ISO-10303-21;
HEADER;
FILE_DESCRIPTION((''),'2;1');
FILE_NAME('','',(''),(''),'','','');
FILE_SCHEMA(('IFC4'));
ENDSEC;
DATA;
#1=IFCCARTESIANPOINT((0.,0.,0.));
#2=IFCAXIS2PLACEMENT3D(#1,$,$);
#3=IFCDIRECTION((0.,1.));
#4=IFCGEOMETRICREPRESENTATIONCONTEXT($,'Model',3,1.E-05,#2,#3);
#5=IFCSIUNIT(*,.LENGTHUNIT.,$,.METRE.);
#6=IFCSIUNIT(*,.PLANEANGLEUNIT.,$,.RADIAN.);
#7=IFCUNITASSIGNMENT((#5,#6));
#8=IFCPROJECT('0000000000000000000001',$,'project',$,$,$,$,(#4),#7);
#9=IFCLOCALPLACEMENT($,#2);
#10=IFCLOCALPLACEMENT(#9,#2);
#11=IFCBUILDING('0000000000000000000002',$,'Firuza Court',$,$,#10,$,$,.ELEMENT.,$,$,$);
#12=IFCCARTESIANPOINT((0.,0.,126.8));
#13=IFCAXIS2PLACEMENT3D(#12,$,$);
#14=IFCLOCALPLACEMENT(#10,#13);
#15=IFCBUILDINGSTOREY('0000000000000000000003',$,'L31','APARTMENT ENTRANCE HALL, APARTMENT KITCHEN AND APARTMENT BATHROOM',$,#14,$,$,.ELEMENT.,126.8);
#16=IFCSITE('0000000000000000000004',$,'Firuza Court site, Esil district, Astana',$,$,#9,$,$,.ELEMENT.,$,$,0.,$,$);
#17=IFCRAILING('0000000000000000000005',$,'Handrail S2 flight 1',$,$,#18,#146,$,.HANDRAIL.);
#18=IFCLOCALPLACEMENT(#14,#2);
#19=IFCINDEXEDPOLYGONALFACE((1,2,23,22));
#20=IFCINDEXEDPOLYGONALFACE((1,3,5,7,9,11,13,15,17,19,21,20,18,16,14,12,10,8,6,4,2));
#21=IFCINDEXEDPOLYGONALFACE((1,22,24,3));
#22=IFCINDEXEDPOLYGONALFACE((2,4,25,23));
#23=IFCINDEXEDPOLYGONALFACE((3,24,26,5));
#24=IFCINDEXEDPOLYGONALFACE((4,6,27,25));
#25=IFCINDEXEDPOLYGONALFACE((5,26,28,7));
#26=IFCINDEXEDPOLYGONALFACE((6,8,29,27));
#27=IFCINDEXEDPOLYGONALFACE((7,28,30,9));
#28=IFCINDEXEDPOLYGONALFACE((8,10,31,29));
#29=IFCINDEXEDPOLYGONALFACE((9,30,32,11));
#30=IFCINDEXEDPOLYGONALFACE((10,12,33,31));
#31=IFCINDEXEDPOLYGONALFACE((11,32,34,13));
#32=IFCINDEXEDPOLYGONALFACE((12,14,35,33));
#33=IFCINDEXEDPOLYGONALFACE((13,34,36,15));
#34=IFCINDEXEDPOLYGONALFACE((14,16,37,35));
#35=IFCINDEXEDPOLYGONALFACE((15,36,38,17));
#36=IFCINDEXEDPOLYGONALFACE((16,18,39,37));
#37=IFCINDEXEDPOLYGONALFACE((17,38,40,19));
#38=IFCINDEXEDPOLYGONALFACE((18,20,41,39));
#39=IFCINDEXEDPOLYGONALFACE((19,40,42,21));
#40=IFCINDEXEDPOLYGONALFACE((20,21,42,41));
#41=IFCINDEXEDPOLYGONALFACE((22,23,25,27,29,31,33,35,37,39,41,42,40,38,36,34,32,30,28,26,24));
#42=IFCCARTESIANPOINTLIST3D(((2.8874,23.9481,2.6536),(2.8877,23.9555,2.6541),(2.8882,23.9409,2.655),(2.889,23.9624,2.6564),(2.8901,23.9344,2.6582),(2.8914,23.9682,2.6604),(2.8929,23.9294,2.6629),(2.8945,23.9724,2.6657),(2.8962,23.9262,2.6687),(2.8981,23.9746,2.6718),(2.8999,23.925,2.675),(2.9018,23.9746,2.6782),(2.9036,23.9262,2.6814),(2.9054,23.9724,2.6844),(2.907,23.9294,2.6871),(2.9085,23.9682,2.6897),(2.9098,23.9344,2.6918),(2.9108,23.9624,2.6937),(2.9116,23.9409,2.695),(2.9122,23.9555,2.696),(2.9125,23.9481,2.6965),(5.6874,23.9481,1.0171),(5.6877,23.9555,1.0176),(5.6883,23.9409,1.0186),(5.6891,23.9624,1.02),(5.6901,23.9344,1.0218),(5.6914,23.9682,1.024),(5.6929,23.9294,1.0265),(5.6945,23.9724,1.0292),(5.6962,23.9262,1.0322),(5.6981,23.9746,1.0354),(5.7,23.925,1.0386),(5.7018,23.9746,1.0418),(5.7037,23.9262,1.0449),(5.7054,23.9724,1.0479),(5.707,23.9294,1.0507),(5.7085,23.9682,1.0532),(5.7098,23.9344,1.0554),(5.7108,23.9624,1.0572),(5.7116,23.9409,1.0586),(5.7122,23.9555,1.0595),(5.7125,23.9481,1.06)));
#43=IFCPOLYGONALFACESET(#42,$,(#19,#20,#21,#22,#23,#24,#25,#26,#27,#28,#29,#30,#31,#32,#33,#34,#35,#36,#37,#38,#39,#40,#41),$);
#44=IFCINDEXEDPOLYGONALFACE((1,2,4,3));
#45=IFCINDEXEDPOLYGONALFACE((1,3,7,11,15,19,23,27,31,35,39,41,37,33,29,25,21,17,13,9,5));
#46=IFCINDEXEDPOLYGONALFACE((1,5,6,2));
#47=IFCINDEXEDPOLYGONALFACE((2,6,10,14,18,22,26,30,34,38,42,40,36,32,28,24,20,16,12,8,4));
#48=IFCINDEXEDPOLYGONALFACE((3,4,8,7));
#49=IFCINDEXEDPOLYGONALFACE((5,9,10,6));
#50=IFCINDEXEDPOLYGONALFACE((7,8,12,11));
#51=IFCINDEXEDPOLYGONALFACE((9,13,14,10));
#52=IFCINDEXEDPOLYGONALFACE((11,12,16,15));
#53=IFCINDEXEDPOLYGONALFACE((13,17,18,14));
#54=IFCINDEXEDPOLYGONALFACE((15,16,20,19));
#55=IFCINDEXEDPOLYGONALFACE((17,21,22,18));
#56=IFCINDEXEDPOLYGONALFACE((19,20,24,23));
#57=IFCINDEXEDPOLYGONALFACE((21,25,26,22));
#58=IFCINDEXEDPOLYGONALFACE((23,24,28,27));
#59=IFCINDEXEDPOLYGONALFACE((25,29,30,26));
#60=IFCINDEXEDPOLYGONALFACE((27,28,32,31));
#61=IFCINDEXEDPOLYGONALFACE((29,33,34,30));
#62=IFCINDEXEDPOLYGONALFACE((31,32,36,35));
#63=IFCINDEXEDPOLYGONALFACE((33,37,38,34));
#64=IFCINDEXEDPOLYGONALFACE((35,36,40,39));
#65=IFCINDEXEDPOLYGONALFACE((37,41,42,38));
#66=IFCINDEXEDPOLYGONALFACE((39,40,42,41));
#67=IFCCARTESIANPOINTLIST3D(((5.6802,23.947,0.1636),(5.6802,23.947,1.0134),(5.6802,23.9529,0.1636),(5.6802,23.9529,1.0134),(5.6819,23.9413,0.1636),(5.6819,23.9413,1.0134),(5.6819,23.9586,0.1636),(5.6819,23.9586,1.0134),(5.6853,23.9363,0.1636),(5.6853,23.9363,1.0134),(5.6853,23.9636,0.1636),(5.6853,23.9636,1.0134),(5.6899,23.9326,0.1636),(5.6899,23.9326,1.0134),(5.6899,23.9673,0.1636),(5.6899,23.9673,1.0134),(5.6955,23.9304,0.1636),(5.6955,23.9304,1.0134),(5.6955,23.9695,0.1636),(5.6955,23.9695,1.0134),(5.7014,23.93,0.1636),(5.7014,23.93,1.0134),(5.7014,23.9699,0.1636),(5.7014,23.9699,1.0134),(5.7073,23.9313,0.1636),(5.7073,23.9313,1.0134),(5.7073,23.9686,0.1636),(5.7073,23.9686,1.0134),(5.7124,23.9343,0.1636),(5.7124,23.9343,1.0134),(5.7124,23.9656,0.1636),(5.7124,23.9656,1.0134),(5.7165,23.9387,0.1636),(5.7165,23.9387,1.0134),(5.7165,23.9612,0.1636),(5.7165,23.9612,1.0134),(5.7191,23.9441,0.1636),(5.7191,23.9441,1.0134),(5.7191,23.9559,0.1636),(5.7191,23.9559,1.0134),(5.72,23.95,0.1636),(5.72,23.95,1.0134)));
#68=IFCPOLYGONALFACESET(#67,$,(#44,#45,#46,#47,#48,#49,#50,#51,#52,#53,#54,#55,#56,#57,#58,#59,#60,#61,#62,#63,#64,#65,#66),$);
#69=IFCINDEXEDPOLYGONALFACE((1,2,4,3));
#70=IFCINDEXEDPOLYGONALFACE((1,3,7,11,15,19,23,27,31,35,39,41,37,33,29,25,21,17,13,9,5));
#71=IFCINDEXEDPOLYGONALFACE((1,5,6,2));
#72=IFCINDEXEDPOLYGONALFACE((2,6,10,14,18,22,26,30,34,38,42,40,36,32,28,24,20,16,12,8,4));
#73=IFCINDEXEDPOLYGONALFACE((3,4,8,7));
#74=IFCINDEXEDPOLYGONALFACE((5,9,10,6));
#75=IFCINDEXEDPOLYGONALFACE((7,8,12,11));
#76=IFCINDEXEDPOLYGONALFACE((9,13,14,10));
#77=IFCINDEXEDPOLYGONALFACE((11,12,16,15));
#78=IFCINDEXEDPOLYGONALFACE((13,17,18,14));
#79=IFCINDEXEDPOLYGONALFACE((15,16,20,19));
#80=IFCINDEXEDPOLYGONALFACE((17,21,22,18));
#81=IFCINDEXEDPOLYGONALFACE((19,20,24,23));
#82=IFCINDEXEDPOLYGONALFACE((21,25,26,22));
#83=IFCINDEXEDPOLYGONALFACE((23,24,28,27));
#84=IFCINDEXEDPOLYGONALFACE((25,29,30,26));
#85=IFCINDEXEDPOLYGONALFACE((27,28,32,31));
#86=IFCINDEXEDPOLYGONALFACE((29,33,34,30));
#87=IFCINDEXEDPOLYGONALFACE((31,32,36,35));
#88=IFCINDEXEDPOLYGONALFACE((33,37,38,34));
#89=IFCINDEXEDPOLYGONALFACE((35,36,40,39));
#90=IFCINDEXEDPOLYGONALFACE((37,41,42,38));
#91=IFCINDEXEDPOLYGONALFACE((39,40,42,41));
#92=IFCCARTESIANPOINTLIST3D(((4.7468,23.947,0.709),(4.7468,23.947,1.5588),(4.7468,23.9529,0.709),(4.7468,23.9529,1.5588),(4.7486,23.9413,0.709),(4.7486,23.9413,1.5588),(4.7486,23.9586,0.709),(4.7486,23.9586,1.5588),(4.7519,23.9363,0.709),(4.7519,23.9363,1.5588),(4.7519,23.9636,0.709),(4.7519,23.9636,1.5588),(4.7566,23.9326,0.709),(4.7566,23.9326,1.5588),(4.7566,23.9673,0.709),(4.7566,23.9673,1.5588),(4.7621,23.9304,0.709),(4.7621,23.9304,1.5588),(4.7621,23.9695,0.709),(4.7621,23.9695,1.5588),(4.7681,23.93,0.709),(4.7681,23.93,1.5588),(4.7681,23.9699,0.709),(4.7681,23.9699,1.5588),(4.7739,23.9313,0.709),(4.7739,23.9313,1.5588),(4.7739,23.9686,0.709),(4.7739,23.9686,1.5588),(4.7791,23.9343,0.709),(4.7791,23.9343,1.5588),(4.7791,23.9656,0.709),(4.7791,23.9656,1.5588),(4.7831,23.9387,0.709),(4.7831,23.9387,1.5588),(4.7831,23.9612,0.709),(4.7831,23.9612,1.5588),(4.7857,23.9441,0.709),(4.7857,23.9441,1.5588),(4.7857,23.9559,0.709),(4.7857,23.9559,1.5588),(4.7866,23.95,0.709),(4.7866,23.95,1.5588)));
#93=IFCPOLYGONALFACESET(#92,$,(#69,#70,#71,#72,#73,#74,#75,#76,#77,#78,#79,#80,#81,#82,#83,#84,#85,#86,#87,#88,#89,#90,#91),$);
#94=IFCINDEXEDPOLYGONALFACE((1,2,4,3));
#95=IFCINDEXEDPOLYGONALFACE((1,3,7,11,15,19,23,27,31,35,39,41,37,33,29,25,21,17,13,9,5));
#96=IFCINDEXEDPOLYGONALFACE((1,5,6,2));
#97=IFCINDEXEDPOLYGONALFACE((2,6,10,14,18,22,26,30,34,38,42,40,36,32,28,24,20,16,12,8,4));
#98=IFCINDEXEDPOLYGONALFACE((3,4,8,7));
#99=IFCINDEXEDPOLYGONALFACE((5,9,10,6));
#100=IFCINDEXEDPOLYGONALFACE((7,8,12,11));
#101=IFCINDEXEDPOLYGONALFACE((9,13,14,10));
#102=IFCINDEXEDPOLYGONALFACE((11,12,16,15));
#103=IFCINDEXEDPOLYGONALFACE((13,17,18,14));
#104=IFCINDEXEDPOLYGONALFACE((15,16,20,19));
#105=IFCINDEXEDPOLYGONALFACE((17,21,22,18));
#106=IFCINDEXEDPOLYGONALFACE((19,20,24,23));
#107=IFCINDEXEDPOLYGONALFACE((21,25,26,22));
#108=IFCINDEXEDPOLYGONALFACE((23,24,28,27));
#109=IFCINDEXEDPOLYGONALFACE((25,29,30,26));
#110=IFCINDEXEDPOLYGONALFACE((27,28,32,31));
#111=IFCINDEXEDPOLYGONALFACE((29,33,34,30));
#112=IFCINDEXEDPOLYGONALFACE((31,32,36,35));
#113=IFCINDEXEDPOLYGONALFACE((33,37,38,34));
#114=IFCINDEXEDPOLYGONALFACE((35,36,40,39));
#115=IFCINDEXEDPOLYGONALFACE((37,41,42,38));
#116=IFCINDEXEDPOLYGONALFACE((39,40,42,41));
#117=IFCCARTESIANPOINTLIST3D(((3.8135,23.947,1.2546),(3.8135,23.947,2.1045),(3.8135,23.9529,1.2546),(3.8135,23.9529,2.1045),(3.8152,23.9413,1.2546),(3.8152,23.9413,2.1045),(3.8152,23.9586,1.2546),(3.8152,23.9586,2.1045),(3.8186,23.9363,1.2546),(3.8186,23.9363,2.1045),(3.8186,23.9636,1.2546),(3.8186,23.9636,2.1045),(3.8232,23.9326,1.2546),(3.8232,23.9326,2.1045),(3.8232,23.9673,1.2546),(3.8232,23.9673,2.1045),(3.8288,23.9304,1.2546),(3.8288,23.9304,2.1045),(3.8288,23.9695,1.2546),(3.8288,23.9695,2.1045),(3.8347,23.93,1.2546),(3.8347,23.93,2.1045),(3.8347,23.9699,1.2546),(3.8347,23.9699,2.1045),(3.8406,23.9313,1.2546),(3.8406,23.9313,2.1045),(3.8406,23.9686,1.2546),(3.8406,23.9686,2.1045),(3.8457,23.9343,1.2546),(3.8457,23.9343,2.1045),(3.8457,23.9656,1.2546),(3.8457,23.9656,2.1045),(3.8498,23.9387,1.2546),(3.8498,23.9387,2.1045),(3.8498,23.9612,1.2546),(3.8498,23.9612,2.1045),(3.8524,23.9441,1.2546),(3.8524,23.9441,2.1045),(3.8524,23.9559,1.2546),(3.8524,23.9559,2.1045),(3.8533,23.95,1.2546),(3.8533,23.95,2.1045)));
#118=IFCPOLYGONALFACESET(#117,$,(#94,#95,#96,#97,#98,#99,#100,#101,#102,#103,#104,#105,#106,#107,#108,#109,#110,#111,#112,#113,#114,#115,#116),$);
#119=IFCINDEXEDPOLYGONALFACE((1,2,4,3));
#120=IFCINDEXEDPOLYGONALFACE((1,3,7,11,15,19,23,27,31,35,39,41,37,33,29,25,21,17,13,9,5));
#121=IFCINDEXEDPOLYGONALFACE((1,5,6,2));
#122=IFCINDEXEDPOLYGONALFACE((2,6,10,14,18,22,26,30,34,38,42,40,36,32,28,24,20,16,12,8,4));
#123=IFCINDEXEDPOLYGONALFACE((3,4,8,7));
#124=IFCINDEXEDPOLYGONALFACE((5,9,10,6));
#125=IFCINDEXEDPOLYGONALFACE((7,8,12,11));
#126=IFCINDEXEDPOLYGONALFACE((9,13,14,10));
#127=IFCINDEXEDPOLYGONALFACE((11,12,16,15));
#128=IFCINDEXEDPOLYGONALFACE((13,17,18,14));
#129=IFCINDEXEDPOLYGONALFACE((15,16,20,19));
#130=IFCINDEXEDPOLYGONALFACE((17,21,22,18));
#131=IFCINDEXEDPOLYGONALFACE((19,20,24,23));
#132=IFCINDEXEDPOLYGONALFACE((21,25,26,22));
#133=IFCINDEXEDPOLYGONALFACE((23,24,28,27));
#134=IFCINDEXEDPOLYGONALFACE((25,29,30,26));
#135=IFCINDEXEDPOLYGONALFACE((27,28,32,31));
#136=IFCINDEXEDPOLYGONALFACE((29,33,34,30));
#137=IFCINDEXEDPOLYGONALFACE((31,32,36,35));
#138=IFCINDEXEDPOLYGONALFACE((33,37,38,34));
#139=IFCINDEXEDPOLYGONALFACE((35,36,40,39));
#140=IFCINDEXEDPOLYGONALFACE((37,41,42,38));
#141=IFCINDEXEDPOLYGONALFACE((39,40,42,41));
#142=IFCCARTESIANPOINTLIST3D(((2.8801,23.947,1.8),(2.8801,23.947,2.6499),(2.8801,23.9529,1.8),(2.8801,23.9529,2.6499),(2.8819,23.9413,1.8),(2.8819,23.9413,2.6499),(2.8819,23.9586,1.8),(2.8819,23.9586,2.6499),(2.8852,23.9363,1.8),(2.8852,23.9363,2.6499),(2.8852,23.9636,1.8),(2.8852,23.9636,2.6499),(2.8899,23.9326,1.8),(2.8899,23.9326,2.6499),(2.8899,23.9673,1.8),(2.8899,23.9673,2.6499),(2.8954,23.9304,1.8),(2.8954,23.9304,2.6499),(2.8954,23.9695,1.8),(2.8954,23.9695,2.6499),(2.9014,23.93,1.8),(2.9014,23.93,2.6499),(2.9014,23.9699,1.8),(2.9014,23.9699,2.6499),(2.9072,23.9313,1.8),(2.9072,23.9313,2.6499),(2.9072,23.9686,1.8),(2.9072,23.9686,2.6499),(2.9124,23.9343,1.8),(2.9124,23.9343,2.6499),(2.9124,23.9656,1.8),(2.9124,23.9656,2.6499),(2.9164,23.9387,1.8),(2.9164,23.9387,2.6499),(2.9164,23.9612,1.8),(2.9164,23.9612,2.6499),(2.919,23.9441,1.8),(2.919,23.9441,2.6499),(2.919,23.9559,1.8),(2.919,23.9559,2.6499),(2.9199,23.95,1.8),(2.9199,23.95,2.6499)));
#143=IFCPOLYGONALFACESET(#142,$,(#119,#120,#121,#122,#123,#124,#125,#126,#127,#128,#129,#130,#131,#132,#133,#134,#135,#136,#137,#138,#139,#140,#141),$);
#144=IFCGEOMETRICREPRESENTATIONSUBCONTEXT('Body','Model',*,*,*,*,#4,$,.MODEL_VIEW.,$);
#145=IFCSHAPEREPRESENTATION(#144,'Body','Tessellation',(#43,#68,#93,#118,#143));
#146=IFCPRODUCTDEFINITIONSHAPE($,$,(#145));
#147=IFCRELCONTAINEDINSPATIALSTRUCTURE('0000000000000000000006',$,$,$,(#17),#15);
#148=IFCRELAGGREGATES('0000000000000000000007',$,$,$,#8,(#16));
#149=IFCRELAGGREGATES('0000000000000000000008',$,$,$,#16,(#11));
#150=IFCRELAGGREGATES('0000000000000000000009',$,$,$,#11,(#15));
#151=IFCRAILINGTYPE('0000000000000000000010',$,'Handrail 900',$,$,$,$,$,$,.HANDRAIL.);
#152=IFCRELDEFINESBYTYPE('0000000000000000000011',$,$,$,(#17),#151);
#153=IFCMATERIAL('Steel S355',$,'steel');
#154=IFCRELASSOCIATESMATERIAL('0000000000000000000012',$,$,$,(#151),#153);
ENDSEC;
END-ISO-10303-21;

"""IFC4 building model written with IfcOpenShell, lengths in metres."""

from ifc_helpers import new_model, si_unit, direction, frame, origin, origin_2d, place, context, subcontext, project, spatial, circle, extrude, material, type_object, element, save


model = new_model("IFC4")

# Units and contexts
model_context = context("Model", 3, precision=1e-05, world=origin(), true_north=direction((0.0, 1.0)))
body_context = subcontext(model_context, "Body", "Model", "MODEL_VIEW")
ifc_project = project(units=[si_unit("LENGTHUNIT", "METRE"), si_unit("PLANEANGLEUNIT", "RADIAN")], contexts=[model_context])

# Site, building, storey
site_placement = place(None, origin())
site = spatial("IfcSite", under=ifc_project, at=site_placement, Name="Firuza Court site, Esil district, Astana", CompositionType="ELEMENT", RefElevation=0.0)
building_placement = place(site_placement, origin())
building = spatial("IfcBuilding", under=site, at=building_placement, Name="Firuza Court", CompositionType="ELEMENT")
storey_placement = place(building_placement, frame((0.0, 0.0, 126.8)))
storey = spatial("IfcBuildingStorey", under=building, at=storey_placement, Name="L31", Description="APARTMENT ENTRANCE HALL, APARTMENT KITCHEN AND APARTMENT BATHROOM", CompositionType="ELEMENT", Elevation=126.8)

# Railing
ifc_material_1 = material(Name="Steel S355", Category="steel")
railing_type_1 = type_object("IfcRailingType", Name="Handrail 900", PredefinedType="HANDRAIL", material=ifc_material_1)
railing_1_placement = place(storey_placement, frame((5.7, 23.95, 0.1636)))
element("IfcRailing", 1, at=railing_1_placement, inside=storey, type_object=railing_type_1, Name="Handrail S2 flight 1", PredefinedType="HANDRAIL", context=body_context, shape_type="SweptSolid", body=[
    extrude(circle(Radius=0.0249, at=origin_2d()), frame((0.0, 0.0, 0.875), z_axis=(-0.863361, 0.0, 0.504587), x_axis=(0.0, -1.0, 0.0)), (0.0, 0.0, 1.0), 3.2432),
    extrude(circle(Radius=0.02, at=origin_2d()), origin(), (0.0, 0.0, 1.0), 0.8499),
    extrude(circle(Radius=0.02, at=origin_2d()), frame((-0.9333, 0.0, 0.5454)), (0.0, 0.0, 1.0), 0.8499),
    extrude(circle(Radius=0.02, at=origin_2d()), frame((-1.8667, 0.0, 1.0911)), (0.0, 0.0, 1.0), 0.8499),
    extrude(circle(Radius=0.02, at=origin_2d()), frame((-2.8, 0.0, 1.6365)), (0.0, 0.0, 1.0), 0.8499),
])

save(model, "model.ifc")
